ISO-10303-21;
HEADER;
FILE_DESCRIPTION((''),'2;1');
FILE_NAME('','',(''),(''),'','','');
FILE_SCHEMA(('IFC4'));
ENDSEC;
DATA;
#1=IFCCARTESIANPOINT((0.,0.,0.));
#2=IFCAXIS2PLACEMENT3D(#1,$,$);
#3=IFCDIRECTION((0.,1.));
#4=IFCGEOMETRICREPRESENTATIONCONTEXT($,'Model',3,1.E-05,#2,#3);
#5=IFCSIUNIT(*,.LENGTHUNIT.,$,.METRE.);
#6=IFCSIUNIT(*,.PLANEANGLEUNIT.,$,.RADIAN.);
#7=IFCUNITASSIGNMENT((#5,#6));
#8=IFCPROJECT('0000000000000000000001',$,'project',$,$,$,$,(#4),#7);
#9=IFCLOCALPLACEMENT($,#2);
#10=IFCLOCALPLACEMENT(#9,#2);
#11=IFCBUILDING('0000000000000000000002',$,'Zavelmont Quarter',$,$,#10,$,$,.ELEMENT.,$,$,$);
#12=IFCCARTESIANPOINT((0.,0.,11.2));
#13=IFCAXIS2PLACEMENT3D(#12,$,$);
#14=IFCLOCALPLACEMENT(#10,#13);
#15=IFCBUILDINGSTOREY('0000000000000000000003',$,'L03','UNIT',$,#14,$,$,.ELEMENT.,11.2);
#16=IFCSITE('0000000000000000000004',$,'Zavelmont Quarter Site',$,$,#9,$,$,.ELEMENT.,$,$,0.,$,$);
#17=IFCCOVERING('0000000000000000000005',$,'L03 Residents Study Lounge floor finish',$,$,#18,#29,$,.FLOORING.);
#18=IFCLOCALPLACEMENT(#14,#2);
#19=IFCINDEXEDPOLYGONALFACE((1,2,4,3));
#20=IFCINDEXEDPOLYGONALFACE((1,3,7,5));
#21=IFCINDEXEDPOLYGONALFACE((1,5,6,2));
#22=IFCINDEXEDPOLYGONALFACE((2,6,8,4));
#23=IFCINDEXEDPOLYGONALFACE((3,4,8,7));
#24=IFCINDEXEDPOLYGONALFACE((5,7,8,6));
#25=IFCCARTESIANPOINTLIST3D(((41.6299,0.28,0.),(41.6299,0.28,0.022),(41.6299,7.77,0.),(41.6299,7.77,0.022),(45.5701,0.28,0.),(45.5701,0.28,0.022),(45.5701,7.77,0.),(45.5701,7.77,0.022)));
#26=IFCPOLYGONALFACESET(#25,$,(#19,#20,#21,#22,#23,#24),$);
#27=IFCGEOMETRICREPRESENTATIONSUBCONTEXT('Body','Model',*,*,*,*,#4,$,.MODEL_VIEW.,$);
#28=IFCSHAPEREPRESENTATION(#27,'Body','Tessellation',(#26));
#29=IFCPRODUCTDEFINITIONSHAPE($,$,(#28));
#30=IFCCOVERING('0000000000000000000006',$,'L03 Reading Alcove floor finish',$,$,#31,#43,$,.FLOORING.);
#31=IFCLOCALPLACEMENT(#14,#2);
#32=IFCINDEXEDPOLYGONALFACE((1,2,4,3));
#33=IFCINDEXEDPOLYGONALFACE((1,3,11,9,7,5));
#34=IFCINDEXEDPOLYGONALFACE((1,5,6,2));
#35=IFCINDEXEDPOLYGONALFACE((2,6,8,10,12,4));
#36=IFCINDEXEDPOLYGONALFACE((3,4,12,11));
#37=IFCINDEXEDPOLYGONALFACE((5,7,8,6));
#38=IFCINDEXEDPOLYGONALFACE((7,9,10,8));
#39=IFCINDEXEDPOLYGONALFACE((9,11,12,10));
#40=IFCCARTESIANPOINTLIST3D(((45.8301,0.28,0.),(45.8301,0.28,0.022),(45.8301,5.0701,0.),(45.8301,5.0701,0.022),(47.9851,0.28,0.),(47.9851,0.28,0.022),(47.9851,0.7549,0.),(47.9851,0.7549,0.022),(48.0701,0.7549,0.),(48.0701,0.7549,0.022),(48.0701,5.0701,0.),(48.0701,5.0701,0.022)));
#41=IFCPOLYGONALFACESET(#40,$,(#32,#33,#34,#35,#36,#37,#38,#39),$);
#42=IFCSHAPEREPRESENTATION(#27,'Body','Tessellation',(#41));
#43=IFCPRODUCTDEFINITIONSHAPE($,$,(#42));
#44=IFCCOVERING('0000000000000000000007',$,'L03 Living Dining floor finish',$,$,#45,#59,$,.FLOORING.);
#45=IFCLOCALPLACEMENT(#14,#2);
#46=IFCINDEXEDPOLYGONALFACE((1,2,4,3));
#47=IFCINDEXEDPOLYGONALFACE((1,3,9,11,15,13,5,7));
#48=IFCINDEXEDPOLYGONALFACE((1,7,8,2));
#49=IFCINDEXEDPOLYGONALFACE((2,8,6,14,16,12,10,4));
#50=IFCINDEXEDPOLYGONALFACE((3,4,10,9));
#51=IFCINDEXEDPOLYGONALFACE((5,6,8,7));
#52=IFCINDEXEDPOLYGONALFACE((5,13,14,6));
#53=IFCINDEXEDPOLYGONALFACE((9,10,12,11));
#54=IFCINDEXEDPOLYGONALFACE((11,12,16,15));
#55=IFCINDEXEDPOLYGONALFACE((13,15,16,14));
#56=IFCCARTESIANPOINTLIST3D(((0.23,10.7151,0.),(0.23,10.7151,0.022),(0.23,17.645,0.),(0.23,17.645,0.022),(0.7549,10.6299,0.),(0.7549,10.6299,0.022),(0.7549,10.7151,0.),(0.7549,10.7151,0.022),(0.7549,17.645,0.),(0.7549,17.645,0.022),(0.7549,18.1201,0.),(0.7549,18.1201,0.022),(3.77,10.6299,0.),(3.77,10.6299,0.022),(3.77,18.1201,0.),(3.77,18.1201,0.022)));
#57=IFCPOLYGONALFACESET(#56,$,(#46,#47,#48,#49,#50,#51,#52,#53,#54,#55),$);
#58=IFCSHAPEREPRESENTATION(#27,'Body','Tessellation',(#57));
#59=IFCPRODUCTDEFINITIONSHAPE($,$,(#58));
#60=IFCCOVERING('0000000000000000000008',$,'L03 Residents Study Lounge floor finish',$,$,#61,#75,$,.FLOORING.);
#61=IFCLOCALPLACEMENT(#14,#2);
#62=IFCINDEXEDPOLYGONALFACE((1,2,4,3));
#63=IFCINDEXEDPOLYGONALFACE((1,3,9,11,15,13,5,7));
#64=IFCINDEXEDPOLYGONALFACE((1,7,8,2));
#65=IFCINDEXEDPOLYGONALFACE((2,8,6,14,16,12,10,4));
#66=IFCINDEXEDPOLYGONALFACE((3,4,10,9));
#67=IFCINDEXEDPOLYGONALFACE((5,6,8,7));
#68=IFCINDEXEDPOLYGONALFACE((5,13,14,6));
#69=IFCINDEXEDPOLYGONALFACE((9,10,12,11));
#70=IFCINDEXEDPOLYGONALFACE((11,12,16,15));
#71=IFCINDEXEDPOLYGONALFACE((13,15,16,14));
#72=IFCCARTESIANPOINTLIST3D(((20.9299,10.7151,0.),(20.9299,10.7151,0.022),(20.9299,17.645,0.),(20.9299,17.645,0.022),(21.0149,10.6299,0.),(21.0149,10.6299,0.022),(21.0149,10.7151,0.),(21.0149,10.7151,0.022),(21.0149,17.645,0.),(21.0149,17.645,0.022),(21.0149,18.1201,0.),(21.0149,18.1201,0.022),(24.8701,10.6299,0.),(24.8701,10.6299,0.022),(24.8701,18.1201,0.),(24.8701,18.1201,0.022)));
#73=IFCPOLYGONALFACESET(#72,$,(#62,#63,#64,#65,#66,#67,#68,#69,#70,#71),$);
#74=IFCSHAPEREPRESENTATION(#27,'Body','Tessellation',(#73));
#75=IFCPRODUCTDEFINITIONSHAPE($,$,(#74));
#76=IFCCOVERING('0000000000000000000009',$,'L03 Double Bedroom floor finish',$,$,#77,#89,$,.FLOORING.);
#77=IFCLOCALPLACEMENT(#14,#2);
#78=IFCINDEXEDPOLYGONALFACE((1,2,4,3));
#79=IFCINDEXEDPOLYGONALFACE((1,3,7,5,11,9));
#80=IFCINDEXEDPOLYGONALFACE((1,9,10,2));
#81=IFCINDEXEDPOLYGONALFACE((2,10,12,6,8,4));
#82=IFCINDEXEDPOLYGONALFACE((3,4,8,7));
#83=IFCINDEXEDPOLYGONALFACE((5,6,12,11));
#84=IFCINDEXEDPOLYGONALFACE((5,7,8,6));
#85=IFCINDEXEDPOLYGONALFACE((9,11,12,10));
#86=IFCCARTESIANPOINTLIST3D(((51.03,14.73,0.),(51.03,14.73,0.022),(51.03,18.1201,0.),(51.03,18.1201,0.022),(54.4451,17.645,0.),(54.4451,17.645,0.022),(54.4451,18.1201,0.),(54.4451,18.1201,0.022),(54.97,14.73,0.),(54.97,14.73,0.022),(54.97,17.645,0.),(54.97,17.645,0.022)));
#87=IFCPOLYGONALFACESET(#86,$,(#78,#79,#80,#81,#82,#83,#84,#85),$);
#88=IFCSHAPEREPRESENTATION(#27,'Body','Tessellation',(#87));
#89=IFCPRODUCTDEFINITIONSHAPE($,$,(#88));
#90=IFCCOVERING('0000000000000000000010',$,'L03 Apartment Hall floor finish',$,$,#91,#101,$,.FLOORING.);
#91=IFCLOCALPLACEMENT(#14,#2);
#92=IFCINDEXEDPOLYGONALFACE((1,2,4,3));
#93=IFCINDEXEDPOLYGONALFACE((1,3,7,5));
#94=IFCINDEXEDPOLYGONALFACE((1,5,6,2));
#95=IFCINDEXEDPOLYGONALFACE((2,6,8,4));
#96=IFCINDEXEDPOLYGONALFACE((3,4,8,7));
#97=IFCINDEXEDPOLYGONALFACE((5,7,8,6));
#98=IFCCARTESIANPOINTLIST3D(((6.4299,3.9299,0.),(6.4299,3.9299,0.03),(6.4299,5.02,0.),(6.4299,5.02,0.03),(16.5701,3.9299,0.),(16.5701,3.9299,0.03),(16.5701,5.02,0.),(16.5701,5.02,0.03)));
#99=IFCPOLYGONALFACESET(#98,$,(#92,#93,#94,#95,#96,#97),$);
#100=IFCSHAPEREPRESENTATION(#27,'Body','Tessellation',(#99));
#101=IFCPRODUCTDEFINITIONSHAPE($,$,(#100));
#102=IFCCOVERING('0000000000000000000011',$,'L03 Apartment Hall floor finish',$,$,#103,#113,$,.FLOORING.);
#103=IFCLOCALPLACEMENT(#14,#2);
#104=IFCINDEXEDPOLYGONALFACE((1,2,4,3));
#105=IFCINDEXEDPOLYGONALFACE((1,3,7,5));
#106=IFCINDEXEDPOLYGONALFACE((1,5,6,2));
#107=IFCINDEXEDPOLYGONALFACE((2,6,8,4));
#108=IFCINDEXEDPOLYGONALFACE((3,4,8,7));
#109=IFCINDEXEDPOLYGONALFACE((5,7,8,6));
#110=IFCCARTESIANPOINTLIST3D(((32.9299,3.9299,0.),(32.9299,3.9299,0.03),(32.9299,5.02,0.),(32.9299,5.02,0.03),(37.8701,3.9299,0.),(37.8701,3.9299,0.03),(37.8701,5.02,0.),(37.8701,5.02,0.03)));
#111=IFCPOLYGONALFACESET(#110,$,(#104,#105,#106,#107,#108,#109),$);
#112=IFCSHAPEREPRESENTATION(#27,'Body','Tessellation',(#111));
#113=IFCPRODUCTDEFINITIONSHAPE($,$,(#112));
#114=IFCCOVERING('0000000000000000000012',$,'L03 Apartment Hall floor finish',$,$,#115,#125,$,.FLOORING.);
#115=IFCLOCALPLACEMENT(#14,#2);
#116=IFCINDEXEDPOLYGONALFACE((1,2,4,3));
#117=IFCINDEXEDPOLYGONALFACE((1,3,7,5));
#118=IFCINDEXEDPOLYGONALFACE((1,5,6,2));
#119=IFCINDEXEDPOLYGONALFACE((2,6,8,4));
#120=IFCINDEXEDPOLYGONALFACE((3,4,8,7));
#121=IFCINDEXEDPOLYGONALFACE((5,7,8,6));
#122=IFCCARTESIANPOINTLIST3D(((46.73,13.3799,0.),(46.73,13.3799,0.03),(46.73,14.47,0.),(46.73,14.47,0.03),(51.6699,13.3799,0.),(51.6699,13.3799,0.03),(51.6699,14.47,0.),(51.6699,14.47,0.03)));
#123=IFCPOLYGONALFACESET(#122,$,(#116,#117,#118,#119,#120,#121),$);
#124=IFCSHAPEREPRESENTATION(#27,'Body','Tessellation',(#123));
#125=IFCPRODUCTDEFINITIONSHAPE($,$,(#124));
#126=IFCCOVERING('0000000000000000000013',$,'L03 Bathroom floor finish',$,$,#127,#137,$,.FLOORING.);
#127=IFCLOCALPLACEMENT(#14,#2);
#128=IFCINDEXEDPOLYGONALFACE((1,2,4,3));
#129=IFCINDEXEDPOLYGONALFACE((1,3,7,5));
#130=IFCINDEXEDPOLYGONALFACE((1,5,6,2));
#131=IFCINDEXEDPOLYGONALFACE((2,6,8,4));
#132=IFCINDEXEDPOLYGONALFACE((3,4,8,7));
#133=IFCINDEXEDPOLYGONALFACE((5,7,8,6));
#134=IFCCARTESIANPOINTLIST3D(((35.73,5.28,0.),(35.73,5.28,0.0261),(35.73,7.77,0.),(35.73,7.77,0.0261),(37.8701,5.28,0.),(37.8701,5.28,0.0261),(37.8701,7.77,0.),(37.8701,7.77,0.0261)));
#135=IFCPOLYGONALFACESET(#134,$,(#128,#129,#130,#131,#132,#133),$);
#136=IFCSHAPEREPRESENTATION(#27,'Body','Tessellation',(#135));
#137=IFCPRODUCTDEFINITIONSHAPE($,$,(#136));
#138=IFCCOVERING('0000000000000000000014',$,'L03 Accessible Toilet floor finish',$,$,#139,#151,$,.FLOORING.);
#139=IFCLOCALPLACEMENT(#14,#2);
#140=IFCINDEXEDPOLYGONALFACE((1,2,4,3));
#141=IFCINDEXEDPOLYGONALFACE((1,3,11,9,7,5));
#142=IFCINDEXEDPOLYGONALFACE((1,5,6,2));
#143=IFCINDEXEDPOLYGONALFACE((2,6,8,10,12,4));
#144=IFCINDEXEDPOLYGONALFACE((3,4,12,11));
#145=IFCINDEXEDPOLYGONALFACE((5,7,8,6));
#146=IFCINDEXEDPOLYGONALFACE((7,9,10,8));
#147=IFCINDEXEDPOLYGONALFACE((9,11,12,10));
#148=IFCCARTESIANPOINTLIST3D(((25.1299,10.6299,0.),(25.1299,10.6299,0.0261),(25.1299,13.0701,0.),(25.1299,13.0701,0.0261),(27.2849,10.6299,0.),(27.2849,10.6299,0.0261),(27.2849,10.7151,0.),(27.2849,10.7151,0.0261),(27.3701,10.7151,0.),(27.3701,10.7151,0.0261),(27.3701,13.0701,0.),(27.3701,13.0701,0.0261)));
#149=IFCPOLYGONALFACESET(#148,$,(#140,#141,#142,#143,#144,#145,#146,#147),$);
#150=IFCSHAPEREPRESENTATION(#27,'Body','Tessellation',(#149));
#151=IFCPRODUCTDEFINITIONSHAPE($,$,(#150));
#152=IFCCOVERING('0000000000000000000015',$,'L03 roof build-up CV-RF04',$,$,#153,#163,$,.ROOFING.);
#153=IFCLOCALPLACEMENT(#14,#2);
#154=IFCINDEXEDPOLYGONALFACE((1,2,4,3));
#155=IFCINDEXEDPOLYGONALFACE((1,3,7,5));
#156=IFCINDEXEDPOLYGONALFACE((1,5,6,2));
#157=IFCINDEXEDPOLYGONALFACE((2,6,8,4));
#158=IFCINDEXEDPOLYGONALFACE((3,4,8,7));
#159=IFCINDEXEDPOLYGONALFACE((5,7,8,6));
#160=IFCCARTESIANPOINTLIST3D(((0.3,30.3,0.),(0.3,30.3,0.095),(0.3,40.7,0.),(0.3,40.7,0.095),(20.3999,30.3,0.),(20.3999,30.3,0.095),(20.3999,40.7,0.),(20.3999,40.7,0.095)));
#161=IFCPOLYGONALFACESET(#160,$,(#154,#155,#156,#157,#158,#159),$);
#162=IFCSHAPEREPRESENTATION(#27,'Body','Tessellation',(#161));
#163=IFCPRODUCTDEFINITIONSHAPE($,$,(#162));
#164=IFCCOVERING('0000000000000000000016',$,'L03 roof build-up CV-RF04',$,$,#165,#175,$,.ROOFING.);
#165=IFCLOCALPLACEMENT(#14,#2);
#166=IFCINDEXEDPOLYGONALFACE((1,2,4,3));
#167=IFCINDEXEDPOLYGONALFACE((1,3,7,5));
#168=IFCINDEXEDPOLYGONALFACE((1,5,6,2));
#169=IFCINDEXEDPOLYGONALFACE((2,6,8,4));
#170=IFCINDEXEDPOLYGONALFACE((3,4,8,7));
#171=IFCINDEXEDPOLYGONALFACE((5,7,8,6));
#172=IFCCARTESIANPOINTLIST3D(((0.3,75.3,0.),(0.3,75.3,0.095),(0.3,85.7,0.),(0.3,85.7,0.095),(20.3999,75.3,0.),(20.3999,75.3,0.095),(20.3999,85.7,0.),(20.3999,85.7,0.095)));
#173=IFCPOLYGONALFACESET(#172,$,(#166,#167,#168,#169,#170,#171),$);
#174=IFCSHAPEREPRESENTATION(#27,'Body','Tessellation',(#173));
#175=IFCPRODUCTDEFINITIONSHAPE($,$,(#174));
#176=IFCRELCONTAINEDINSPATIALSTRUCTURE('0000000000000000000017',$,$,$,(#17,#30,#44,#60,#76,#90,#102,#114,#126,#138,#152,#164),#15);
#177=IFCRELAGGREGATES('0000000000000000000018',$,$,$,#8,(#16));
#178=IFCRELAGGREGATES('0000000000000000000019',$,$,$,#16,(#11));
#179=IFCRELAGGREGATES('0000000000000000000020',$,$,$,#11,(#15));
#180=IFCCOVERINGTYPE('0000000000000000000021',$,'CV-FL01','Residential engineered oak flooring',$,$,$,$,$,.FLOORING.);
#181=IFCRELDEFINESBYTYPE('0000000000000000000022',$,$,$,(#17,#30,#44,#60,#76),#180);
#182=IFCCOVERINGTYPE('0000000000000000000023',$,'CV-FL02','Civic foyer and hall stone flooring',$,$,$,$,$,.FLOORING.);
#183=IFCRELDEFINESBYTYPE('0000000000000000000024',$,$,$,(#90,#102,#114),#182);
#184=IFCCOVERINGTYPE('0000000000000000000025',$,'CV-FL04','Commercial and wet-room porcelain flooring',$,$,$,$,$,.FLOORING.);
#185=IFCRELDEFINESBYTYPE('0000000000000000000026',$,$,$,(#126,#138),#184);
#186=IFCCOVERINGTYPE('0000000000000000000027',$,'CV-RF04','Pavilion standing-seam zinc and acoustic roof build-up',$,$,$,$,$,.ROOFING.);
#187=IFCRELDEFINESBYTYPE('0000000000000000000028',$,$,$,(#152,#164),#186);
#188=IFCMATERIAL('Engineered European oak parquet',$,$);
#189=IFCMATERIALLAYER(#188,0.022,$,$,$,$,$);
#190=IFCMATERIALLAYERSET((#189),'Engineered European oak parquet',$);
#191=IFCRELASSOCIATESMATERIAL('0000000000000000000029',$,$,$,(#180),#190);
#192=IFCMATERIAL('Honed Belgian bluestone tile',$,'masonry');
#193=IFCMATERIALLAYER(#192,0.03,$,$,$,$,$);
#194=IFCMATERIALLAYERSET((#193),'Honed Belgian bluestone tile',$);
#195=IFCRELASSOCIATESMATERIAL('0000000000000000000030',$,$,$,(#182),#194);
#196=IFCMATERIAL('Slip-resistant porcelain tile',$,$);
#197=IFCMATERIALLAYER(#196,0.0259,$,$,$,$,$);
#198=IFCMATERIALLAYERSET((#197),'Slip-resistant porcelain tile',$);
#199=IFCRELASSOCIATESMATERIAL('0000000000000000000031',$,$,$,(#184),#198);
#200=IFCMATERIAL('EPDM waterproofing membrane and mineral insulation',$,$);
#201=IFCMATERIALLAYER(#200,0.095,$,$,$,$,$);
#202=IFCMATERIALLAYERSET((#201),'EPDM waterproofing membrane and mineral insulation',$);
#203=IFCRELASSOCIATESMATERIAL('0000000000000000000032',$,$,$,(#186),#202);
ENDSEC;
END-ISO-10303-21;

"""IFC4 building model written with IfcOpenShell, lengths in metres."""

from ifc_helpers import new_model, si_unit, direction, frame, origin, place, context, subcontext, project, spatial, polyline, outline, extrude, material, layer, layer_set, type_object, element, save


model = new_model("IFC4")

# Units and contexts
model_context = context("Model", 3, precision=1e-05, world=origin(), true_north=direction((0.0, 1.0)))
body_context = subcontext(model_context, "Body", "Model", "MODEL_VIEW")
ifc_project = project(units=[si_unit("LENGTHUNIT", "METRE"), si_unit("PLANEANGLEUNIT", "RADIAN")], contexts=[model_context])

# Site, building, storey
site_placement = place(None, origin())
site = spatial("IfcSite", under=ifc_project, at=site_placement, Name="Zavelmont Quarter Site", CompositionType="ELEMENT", RefElevation=0.0)
building_placement = place(site_placement, origin())
building = spatial("IfcBuilding", under=site, at=building_placement, Name="Zavelmont Quarter", CompositionType="ELEMENT")
storey_placement = place(building_placement, frame((0.0, 0.0, 11.2)))
storey = spatial("IfcBuildingStorey", under=building, at=storey_placement, Name="L03", Description="UNIT", CompositionType="ELEMENT", Elevation=11.2)

# Coverings
ifc_material_1 = material(Name="Engineered European oak parquet")
ifc_layer_1 = layer(ifc_material_1, 0.022)
ifc_layer_set_1 = layer_set([ifc_layer_1], Name="Engineered European oak parquet")
covering_type_1 = type_object("IfcCoveringType", Name="CV-FL01", Description="Residential engineered oak flooring", PredefinedType="FLOORING", material=ifc_layer_set_1)
covering_1_placement = place(storey_placement, origin())
element("IfcCovering", 1, at=covering_1_placement, inside=storey, type_object=covering_type_1, Name="L03 Residents Study Lounge floor finish", PredefinedType="FLOORING", context=body_context, shape_type="SweptSolid", body=[
    extrude(outline(polyline([(41.6299, 7.77), (45.5701, 7.77), (45.5701, 0.28), (41.6299, 0.28), (41.6299, 7.77)])), origin(), (0.0, 0.0, 1.0), 0.022),
])
covering_2_placement = place(storey_placement, origin())
element("IfcCovering", 2, at=covering_2_placement, inside=storey, type_object=covering_type_1, Name="L03 Reading Alcove floor finish", PredefinedType="FLOORING", context=body_context, shape_type="SweptSolid", body=[
    extrude(outline(polyline([(45.8301, 5.0701), (48.0701, 5.0701), (48.0701, 0.7549), (47.9851, 0.7549), (47.9851, 0.28), (45.8301, 0.28), (45.8301, 5.0701)])), origin(), (0.0, 0.0, 1.0), 0.022),
])
covering_3_placement = place(storey_placement, origin())
element("IfcCovering", 3, at=covering_3_placement, inside=storey, type_object=covering_type_1, Name="L03 Living Dining floor finish", PredefinedType="FLOORING", context=body_context, shape_type="SweptSolid", body=[
    extrude(outline(polyline([(0.23, 17.645), (0.7549, 17.645), (0.7549, 18.1201), (3.77, 18.1201), (3.77, 10.6299), (0.7549, 10.6299), (0.7549, 10.7151), (0.23, 10.7151), (0.23, 17.645)])), origin(), (0.0, 0.0, 1.0), 0.022),
])
covering_4_placement = place(storey_placement, origin())
element("IfcCovering", 4, at=covering_4_placement, inside=storey, type_object=covering_type_1, Name="L03 Residents Study Lounge floor finish", PredefinedType="FLOORING", context=body_context, shape_type="SweptSolid", body=[
    extrude(outline(polyline([(20.9299, 17.645), (21.0149, 17.645), (21.0149, 18.1201), (24.8701, 18.1201), (24.8701, 10.6299), (21.0149, 10.6299), (21.0149, 10.7151), (20.9299, 10.7151), (20.9299, 17.645)])), origin(), (0.0, 0.0, 1.0), 0.022),
])
covering_5_placement = place(storey_placement, origin())
element("IfcCovering", 5, at=covering_5_placement, inside=storey, type_object=covering_type_1, Name="L03 Double Bedroom floor finish", PredefinedType="FLOORING", context=body_context, shape_type="SweptSolid", body=[
    extrude(outline(polyline([(51.03, 18.1201), (54.4451, 18.1201), (54.4451, 17.645), (54.97, 17.645), (54.97, 14.73), (51.03, 14.73), (51.03, 18.1201)])), origin(), (0.0, 0.0, 1.0), 0.022),
])
ifc_material_2 = material(Name="Honed Belgian bluestone tile", Category="masonry")
ifc_layer_2 = layer(ifc_material_2, 0.03)
ifc_layer_set_2 = layer_set([ifc_layer_2], Name="Honed Belgian bluestone tile")
covering_type_2 = type_object("IfcCoveringType", Name="CV-FL02", Description="Civic foyer and hall stone flooring", PredefinedType="FLOORING", material=ifc_layer_set_2)
covering_6_placement = place(storey_placement, origin())
element("IfcCovering", 6, at=covering_6_placement, inside=storey, type_object=covering_type_2, Name="L03 Apartment Hall floor finish", PredefinedType="FLOORING", context=body_context, shape_type="SweptSolid", body=[
    extrude(outline(polyline([(6.4299, 5.02), (16.5701, 5.02), (16.5701, 3.9299), (6.4299, 3.9299), (6.4299, 5.02)])), origin(), (0.0, 0.0, 1.0), 0.03),
])
covering_7_placement = place(storey_placement, origin())
element("IfcCovering", 7, at=covering_7_placement, inside=storey, type_object=covering_type_2, Name="L03 Apartment Hall floor finish", PredefinedType="FLOORING", context=body_context, shape_type="SweptSolid", body=[
    extrude(outline(polyline([(32.9299, 5.02), (37.8701, 5.02), (37.8701, 3.9299), (32.9299, 3.9299), (32.9299, 5.02)])), origin(), (0.0, 0.0, 1.0), 0.03),
])
covering_8_placement = place(storey_placement, origin())
element("IfcCovering", 8, at=covering_8_placement, inside=storey, type_object=covering_type_2, Name="L03 Apartment Hall floor finish", PredefinedType="FLOORING", context=body_context, shape_type="SweptSolid", body=[
    extrude(outline(polyline([(46.73, 14.47), (51.6699, 14.47), (51.6699, 13.3799), (46.73, 13.3799), (46.73, 14.47)])), origin(), (0.0, 0.0, 1.0), 0.03),
])
ifc_material_3 = material(Name="Slip-resistant porcelain tile")
ifc_layer_3 = layer(ifc_material_3, 0.0259)
ifc_layer_set_3 = layer_set([ifc_layer_3], Name="Slip-resistant porcelain tile")
covering_type_3 = type_object("IfcCoveringType", Name="CV-FL04", Description="Commercial and wet-room porcelain flooring", PredefinedType="FLOORING", material=ifc_layer_set_3)
covering_9_placement = place(storey_placement, origin())
element("IfcCovering", 9, at=covering_9_placement, inside=storey, type_object=covering_type_3, Name="L03 Bathroom floor finish", PredefinedType="FLOORING", context=body_context, shape_type="SweptSolid", body=[
    extrude(outline(polyline([(35.73, 7.77), (37.8701, 7.77), (37.8701, 5.28), (35.73, 5.28), (35.73, 7.77)])), origin(), (0.0, 0.0, 1.0), 0.0261),
])
covering_10_placement = place(storey_placement, origin())
element("IfcCovering", 10, at=covering_10_placement, inside=storey, type_object=covering_type_3, Name="L03 Accessible Toilet floor finish", PredefinedType="FLOORING", context=body_context, shape_type="SweptSolid", body=[
    extrude(outline(polyline([(25.1299, 13.0701), (27.3701, 13.0701), (27.3701, 10.7151), (27.2849, 10.7151), (27.2849, 10.6299), (25.1299, 10.6299), (25.1299, 13.0701)])), origin(), (0.0, 0.0, 1.0), 0.0261),
])
ifc_material_4 = material(Name="EPDM waterproofing membrane and mineral insulation")
ifc_layer_4 = layer(ifc_material_4, 0.095)
ifc_layer_set_4 = layer_set([ifc_layer_4], Name="EPDM waterproofing membrane and mineral insulation")
covering_type_4 = type_object("IfcCoveringType", Name="CV-RF04", Description="Pavilion standing-seam zinc and acoustic roof build-up", PredefinedType="ROOFING", material=ifc_layer_set_4)
covering_11_placement = place(storey_placement, origin())
element("IfcCovering", 11, at=covering_11_placement, inside=storey, type_object=covering_type_4, Name="L03 roof build-up CV-RF04", PredefinedType="ROOFING", context=body_context, shape_type="SweptSolid", body=[
    extrude(outline(polyline([(0.3, 30.3), (20.3999, 30.3), (20.3999, 40.7), (0.3, 40.7), (0.3, 30.3)])), origin(), (0.0, 0.0, 1.0), 0.095),
])
covering_12_placement = place(storey_placement, origin())
element("IfcCovering", 12, at=covering_12_placement, inside=storey, type_object=covering_type_4, Name="L03 roof build-up CV-RF04", PredefinedType="ROOFING", context=body_context, shape_type="SweptSolid", body=[
    extrude(outline(polyline([(0.3, 75.3), (20.3999, 75.3), (20.3999, 85.7), (0.3, 85.7), (0.3, 75.3)])), origin(), (0.0, 0.0, 1.0), 0.095),
])

save(model, "model.ifc")
